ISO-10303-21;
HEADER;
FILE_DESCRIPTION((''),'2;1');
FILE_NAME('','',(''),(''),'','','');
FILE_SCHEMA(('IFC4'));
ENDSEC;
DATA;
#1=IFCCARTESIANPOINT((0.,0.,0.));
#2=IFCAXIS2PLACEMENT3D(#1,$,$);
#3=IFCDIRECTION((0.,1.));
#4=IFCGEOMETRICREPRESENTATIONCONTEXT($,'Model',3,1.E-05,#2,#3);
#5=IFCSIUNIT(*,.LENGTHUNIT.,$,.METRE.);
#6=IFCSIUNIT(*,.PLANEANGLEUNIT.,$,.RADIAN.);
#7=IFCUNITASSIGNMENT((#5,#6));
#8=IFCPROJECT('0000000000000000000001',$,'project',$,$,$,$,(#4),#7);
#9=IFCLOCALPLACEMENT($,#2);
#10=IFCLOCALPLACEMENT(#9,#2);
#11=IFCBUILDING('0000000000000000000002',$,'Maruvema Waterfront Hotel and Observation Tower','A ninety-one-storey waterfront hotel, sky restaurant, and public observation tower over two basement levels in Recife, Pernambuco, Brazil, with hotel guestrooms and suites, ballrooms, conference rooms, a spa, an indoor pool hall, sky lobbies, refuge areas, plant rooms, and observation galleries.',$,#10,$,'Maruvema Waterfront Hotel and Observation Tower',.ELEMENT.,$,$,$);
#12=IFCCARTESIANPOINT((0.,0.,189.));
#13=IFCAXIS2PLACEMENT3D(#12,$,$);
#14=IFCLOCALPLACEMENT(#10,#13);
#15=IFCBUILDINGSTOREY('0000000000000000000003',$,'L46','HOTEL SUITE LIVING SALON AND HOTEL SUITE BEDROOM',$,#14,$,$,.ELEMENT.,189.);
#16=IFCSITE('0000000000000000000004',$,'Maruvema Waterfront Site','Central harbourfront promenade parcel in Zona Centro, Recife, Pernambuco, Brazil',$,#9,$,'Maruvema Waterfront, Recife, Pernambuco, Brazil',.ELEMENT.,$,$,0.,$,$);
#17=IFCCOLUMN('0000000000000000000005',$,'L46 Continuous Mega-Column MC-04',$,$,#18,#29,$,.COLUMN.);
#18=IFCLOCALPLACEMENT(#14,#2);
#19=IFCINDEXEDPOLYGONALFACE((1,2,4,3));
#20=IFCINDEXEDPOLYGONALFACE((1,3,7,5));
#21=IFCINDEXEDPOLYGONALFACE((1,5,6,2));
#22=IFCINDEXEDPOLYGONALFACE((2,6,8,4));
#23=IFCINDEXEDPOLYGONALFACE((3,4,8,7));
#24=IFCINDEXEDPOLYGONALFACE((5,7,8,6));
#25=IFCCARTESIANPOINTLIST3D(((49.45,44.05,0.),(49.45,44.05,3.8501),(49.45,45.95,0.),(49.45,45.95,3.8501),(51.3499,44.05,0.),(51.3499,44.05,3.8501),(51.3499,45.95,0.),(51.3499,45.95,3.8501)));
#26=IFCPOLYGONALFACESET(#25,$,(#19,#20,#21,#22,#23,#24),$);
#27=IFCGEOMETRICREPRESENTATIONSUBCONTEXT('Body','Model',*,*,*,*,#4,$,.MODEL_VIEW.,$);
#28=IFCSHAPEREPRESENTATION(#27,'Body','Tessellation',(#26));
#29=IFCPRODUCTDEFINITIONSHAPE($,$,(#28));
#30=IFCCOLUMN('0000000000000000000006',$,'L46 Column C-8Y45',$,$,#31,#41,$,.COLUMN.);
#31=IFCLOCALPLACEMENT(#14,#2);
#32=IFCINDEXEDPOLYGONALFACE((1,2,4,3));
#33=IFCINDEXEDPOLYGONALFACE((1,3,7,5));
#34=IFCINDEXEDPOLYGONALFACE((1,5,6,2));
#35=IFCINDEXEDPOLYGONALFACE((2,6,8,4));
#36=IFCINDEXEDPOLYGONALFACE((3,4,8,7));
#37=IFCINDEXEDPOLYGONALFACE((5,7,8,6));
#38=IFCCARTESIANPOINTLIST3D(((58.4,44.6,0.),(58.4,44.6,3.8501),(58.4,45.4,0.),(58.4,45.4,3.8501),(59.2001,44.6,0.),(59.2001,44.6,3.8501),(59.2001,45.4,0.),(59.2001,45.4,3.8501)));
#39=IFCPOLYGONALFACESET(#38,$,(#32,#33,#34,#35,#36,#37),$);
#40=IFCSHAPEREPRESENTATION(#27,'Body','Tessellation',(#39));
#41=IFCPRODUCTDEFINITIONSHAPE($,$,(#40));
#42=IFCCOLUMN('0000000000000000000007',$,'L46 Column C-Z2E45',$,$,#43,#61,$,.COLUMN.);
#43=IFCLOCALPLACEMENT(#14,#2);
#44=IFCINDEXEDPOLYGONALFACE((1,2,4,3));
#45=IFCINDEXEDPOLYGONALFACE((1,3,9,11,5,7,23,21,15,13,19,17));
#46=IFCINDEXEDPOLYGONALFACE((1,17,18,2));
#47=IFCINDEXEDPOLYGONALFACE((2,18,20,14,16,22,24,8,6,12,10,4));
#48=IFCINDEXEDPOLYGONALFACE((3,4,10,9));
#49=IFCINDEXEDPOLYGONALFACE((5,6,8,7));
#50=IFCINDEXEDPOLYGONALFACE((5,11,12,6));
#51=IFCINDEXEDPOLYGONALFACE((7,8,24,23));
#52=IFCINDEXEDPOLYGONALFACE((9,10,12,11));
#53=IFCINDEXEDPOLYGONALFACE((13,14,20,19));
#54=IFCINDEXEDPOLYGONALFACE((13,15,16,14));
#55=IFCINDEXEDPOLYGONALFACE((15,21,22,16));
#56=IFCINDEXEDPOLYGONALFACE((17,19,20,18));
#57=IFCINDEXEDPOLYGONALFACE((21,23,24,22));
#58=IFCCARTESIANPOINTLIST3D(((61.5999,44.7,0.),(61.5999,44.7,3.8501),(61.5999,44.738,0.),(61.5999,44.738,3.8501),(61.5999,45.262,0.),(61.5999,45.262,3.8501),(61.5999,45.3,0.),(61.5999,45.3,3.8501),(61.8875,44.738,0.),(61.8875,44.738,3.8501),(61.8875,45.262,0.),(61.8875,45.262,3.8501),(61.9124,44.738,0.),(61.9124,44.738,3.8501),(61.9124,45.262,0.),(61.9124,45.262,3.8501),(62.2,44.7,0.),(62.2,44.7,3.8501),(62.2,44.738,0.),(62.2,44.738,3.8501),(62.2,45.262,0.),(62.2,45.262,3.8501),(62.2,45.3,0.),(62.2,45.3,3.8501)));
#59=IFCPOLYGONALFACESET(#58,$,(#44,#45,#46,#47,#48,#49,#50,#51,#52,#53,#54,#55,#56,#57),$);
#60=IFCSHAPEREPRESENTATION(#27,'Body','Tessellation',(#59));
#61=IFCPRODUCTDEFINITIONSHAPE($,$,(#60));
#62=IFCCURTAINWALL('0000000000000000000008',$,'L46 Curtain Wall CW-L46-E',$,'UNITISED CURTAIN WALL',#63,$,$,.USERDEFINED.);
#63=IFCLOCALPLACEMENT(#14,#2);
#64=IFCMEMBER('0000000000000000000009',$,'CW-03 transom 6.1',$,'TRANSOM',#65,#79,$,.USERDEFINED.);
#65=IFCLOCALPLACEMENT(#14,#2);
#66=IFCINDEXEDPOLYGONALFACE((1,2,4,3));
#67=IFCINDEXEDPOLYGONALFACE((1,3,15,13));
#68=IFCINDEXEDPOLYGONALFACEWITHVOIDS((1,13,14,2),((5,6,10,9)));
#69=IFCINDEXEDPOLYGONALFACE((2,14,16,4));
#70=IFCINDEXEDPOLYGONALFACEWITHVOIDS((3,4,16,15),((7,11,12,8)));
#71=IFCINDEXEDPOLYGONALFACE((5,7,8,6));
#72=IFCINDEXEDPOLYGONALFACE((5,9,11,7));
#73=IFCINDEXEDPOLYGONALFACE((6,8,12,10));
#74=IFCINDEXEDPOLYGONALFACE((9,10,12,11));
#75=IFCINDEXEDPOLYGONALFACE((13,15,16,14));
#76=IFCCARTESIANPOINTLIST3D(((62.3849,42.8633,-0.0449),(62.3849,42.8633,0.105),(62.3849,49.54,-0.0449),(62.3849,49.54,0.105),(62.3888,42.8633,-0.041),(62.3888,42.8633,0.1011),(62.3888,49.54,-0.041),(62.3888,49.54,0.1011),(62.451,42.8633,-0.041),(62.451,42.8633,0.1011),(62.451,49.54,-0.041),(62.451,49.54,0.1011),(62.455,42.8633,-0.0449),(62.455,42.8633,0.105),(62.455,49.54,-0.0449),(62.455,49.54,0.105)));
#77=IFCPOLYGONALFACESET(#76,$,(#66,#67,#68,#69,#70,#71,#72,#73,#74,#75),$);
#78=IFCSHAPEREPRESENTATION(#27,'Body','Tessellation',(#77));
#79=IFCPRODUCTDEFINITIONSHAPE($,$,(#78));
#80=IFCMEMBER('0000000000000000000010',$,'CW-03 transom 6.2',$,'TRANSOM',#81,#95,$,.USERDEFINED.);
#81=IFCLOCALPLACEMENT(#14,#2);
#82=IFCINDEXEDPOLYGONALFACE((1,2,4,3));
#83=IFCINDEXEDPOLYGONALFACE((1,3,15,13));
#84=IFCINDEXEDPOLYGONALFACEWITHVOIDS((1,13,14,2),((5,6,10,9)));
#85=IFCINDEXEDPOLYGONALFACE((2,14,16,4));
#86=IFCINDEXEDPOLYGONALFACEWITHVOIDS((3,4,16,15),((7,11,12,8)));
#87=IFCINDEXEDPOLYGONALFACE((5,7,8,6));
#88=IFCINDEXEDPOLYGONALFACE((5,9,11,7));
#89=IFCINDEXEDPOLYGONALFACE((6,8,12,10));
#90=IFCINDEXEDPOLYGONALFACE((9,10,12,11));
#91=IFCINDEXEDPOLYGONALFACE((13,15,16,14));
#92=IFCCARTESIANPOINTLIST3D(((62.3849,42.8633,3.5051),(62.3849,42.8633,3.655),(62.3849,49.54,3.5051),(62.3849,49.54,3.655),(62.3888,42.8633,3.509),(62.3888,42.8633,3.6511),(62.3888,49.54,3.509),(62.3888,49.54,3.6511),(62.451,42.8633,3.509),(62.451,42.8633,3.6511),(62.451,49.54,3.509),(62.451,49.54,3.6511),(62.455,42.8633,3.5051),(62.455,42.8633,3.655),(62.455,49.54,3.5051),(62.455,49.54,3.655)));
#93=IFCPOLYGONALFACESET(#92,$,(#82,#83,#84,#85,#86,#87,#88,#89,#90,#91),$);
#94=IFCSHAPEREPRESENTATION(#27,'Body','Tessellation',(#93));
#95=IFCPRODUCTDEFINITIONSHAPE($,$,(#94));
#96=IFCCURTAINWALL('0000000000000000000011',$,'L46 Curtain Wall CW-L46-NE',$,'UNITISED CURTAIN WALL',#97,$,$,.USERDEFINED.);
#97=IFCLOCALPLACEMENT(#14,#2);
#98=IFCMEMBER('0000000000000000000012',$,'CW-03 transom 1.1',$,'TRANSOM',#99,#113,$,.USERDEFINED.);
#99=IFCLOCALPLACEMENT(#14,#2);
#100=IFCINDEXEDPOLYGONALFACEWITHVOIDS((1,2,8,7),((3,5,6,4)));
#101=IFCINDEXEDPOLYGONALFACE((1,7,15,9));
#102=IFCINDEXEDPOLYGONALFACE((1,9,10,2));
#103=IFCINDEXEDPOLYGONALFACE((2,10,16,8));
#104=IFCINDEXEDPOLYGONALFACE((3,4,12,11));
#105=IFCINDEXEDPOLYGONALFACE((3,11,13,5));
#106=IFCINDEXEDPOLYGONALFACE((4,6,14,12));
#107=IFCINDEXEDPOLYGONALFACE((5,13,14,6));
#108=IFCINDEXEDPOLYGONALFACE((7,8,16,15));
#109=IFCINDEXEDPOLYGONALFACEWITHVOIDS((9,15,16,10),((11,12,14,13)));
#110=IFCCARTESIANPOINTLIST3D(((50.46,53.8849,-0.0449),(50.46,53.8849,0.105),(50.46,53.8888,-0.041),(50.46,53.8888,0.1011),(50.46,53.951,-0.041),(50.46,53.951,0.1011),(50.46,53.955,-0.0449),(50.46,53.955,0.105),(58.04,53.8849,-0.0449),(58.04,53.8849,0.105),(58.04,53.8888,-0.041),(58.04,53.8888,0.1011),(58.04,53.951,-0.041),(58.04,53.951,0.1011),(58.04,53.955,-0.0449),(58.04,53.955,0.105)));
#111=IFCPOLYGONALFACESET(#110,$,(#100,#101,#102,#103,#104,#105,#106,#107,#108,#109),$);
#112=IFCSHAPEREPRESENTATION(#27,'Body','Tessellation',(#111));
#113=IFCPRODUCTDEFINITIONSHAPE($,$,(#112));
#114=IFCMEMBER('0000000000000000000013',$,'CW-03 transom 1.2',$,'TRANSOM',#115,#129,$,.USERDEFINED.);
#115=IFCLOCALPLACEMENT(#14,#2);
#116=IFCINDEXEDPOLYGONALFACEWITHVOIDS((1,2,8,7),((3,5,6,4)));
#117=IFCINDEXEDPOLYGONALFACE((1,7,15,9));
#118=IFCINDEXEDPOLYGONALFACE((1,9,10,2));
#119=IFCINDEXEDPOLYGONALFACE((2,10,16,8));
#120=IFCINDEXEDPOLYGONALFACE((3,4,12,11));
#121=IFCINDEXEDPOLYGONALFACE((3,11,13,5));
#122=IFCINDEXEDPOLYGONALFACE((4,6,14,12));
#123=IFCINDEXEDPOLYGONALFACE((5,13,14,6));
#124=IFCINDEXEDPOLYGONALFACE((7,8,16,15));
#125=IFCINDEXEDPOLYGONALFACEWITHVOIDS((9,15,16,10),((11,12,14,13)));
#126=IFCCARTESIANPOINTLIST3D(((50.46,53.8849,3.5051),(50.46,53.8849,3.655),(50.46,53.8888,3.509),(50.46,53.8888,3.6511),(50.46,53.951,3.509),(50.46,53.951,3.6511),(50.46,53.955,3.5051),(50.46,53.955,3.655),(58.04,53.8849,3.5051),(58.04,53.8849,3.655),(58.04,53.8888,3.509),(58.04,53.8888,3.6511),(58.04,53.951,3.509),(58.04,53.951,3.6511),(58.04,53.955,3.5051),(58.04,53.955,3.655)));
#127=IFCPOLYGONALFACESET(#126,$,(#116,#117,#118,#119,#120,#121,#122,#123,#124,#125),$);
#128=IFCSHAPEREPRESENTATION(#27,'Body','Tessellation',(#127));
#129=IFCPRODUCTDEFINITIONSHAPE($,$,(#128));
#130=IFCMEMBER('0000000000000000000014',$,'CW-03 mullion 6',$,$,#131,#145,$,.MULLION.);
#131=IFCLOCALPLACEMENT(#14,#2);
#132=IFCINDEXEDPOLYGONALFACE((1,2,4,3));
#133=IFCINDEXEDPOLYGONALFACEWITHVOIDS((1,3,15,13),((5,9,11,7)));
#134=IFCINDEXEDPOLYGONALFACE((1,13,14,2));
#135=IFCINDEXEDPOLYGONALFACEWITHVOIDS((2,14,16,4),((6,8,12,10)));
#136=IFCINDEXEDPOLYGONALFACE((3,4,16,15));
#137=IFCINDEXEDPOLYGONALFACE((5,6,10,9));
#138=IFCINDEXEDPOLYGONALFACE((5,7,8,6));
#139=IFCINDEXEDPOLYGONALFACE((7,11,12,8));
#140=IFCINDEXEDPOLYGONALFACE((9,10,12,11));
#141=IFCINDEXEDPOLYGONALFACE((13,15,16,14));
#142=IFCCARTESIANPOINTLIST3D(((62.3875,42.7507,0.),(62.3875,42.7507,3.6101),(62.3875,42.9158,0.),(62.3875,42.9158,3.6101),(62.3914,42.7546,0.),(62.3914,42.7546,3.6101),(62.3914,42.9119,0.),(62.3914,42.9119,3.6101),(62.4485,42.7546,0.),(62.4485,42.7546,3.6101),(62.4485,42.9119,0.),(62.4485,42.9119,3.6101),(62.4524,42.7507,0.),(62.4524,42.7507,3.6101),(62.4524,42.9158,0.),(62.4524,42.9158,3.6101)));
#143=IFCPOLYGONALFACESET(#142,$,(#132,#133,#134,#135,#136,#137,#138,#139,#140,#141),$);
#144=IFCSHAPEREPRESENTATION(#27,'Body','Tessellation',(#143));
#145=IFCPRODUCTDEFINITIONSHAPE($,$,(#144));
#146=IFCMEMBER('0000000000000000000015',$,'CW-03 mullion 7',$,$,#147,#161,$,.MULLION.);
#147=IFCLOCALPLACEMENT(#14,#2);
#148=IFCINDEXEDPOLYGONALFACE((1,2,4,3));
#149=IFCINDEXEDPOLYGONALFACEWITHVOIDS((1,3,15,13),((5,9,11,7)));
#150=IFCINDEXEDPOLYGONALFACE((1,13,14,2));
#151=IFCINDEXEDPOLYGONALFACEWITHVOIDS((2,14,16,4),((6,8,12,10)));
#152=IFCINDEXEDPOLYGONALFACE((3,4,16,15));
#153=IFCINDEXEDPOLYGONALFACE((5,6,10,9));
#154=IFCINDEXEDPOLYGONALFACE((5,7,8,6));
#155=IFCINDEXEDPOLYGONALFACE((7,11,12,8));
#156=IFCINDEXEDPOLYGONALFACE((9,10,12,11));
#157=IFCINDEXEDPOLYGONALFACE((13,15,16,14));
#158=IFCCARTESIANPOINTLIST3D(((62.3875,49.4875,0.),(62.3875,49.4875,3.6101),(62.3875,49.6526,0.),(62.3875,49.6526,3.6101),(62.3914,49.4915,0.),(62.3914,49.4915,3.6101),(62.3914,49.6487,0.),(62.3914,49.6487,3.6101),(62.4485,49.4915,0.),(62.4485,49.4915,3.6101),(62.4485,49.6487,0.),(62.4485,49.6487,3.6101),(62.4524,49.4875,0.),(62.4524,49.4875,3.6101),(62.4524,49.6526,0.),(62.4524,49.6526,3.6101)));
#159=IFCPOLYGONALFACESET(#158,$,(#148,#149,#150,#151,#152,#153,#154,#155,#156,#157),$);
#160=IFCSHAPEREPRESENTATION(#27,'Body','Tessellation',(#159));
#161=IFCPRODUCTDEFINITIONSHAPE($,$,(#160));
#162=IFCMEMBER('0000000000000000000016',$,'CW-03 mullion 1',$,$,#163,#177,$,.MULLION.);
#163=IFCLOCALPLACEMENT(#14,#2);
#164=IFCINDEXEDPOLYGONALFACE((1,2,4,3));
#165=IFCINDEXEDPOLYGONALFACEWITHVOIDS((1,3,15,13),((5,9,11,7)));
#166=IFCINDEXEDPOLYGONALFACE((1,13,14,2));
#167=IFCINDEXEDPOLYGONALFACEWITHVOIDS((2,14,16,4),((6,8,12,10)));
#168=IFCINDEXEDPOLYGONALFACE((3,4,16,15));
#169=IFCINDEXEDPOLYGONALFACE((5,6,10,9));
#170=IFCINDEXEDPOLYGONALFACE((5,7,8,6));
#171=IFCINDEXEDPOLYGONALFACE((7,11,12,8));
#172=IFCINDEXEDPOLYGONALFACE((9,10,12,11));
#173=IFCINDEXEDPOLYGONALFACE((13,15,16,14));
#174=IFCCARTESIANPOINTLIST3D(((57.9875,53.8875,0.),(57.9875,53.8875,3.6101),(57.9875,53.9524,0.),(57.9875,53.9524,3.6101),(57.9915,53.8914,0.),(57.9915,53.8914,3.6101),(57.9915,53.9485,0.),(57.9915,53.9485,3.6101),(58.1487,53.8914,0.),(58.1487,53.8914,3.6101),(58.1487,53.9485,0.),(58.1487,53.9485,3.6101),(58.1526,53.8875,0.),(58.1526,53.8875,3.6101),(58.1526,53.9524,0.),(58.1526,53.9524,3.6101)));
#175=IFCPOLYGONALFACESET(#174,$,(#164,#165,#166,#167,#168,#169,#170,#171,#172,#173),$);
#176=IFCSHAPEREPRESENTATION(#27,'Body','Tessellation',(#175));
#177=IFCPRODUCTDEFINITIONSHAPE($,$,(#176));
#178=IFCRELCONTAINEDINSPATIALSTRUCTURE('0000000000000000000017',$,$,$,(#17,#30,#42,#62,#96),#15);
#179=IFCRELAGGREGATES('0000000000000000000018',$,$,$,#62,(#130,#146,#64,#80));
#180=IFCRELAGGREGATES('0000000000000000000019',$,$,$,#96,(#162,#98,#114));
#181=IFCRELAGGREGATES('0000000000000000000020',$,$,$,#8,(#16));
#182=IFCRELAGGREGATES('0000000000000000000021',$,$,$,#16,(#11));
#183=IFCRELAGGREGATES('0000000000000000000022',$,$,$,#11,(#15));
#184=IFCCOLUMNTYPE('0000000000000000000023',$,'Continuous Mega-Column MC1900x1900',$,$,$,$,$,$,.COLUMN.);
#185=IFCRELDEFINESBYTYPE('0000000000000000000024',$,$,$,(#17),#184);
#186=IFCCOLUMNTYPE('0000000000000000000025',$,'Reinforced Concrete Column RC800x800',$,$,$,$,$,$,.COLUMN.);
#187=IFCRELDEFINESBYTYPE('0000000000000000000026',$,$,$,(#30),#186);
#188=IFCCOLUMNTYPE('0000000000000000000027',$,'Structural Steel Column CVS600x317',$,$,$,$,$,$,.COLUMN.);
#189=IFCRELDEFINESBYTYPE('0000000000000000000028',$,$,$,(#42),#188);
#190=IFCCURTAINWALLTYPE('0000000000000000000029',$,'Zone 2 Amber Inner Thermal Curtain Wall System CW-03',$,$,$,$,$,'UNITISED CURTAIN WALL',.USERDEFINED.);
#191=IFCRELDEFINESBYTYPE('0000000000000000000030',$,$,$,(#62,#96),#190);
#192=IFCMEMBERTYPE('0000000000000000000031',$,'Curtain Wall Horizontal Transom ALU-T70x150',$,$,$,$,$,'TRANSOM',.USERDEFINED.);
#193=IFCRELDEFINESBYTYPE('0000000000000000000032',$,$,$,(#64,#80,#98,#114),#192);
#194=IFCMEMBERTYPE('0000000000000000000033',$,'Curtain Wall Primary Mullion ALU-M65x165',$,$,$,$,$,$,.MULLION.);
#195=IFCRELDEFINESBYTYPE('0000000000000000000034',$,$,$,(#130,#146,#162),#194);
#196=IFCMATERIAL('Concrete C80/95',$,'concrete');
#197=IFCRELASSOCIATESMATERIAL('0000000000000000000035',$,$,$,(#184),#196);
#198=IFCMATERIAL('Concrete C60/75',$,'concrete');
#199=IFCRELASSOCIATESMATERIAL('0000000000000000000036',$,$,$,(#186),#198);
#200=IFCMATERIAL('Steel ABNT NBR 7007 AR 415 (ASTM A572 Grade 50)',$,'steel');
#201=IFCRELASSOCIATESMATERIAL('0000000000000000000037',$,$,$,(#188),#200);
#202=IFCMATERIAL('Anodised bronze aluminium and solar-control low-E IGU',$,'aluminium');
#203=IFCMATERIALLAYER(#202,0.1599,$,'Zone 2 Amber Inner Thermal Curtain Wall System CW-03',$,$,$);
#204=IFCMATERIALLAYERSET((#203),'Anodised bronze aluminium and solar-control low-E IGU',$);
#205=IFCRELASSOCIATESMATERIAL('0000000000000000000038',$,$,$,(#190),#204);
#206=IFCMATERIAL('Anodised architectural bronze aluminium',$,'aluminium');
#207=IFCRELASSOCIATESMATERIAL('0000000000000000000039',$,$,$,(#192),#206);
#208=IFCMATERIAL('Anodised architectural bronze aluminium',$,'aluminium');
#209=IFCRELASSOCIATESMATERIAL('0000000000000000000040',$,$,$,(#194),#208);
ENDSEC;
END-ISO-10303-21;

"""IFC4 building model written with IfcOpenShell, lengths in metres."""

from ifc_helpers import new_model, si_unit, direction, frame, origin, origin_2d, place, context, subcontext, project, spatial, rectangle, hollow_rectangle, i_section, extrude, material, layer, layer_set, material_profile, profile_set, type_object, element, aggregate, save


model = new_model("IFC4")

# Units and contexts
model_context = context("Model", 3, precision=1e-05, world=origin(), true_north=direction((0.0, 1.0)))
body_context = subcontext(model_context, "Body", "Model", "MODEL_VIEW")
ifc_project = project(units=[si_unit("LENGTHUNIT", "METRE"), si_unit("PLANEANGLEUNIT", "RADIAN")], contexts=[model_context])

# Site, building, storey
site_placement = place(None, origin())
site = spatial("IfcSite", under=ifc_project, at=site_placement, Name="Maruvema Waterfront Site", Description="Central harbourfront promenade parcel in Zona Centro, Recife, Pernambuco, Brazil", LongName="Maruvema Waterfront, Recife, Pernambuco, Brazil", CompositionType="ELEMENT", RefElevation=0.0)
building_placement = place(site_placement, origin())
building = spatial("IfcBuilding", under=site, at=building_placement, Name="Maruvema Waterfront Hotel and Observation Tower", Description="A ninety-one-storey waterfront hotel, sky restaurant, and public observation tower over two basement levels in Recife, Pernambuco, Brazil, with hotel guestrooms and suites, ballrooms, conference rooms, a spa, an indoor pool hall, sky lobbies, refuge areas, plant rooms, and observation galleries.", LongName="Maruvema Waterfront Hotel and Observation Tower", CompositionType="ELEMENT")
storey_placement = place(building_placement, frame((0.0, 0.0, 189.0)))
storey = spatial("IfcBuildingStorey", under=building, at=storey_placement, Name="L46", Description="HOTEL SUITE LIVING SALON AND HOTEL SUITE BEDROOM", CompositionType="ELEMENT", Elevation=189.0)

# Columns
ifc_material_1 = material(Name="Concrete C80/95", Category="concrete")
ifc_material_profile_1 = material_profile(ifc_material_1, rectangle(XDim=1.8999, YDim=1.8999, at=origin_2d()), Name="MC1900x1900")
ifc_profile_set_1 = profile_set([ifc_material_profile_1], Name="Concrete C80/95")
column_type_1 = type_object("IfcColumnType", Name="Continuous Mega-Column MC1900x1900", PredefinedType="COLUMN", material=ifc_profile_set_1)
column_1_placement = place(storey_placement, frame((50.3999, 45.0, 0.0), z_axis=(0.0, 0.0, 1.0), x_axis=(1.0, 0.0, 0.0)))
element("IfcColumn", 1, at=column_1_placement, inside=storey, type_object=column_type_1, Name="L46 Continuous Mega-Column MC-04", PredefinedType="COLUMN", context=body_context, shape_type="SweptSolid", body=[
    extrude(rectangle(XDim=1.8999, YDim=1.8999, at=origin_2d()), origin(), (0.0, 0.0, 1.0), 3.8501),
])
ifc_material_2 = material(Name="Concrete C60/75", Category="concrete")
ifc_material_profile_2 = material_profile(ifc_material_2, rectangle(XDim=0.8, YDim=0.8, at=origin_2d()), Name="RC800x800")
ifc_profile_set_2 = profile_set([ifc_material_profile_2], Name="Concrete C60/75")
column_type_2 = type_object("IfcColumnType", Name="Reinforced Concrete Column RC800x800", PredefinedType="COLUMN", material=ifc_profile_set_2)
column_2_placement = place(storey_placement, frame((58.8, 45.0, 0.0), z_axis=(0.0, 0.0, 1.0), x_axis=(1.0, 0.0, 0.0)))
element("IfcColumn", 2, at=column_2_placement, inside=storey, type_object=column_type_2, Name="L46 Column C-8Y45", PredefinedType="COLUMN", context=body_context, shape_type="SweptSolid", body=[
    extrude(rectangle(XDim=0.8, YDim=0.8, at=origin_2d()), origin(), (0.0, 0.0, 1.0), 3.8501),
])
ifc_material_3 = material(Name="Steel ABNT NBR 7007 AR 415 (ASTM A572 Grade 50)", Category="steel")
ifc_material_profile_3 = material_profile(ifc_material_3, i_section(OverallWidth=0.6001, OverallDepth=0.6001, WebThickness=0.0249, FlangeThickness=0.0381, at=origin_2d()), Name="CVS600x317")
ifc_profile_set_3 = profile_set([ifc_material_profile_3], Name="Steel ABNT NBR 7007 AR 415 (ASTM A572 Grade 50)")
column_type_3 = type_object("IfcColumnType", Name="Structural Steel Column CVS600x317", PredefinedType="COLUMN", material=ifc_profile_set_3)
column_3_placement = place(storey_placement, frame((61.8999, 45.0, 0.0), z_axis=(0.0, 0.0, 1.0), x_axis=(1.0, 0.0, 0.0)))
element("IfcColumn", 3, at=column_3_placement, inside=storey, type_object=column_type_3, Name="L46 Column C-Z2E45", PredefinedType="COLUMN", context=body_context, shape_type="SweptSolid", body=[
    extrude(i_section(OverallWidth=0.6001, OverallDepth=0.6001, WebThickness=0.0249, FlangeThickness=0.0381, at=origin_2d()), origin(), (0.0, 0.0, 1.0), 3.8501),
])

# Curtain walls, members
ifc_material_4 = material(Name="Anodised bronze aluminium and solar-control low-E IGU", Category="aluminium")
ifc_layer_1 = layer(ifc_material_4, 0.1599, Name="Zone 2 Amber Inner Thermal Curtain Wall System CW-03")
ifc_layer_set_1 = layer_set([ifc_layer_1], Name="Anodised bronze aluminium and solar-control low-E IGU")
curtain_wall_type = type_object("IfcCurtainWallType", Name="Zone 2 Amber Inner Thermal Curtain Wall System CW-03", ElementType="UNITISED CURTAIN WALL", PredefinedType="USERDEFINED", material=ifc_layer_set_1)
curtain_wall_1_placement = place(storey_placement, origin())
curtain_wall_1 = element("IfcCurtainWall", 4, at=curtain_wall_1_placement, inside=storey, type_object=curtain_wall_type, Name="L46 Curtain Wall CW-L46-E", ObjectType="UNITISED CURTAIN WALL", PredefinedType="USERDEFINED")
ifc_material_5 = material(Name="Anodised architectural bronze aluminium", Category="aluminium")
ifc_material_profile_4 = material_profile(ifc_material_5, hollow_rectangle(XDim=0.0701, YDim=0.1499, WallThickness=0.0039, at=origin_2d()), Name="ALU-T70x150")
ifc_profile_set_4 = profile_set([ifc_material_profile_4], Name="Anodised architectural bronze aluminium")
member_type_1 = type_object("IfcMemberType", Name="Curtain Wall Horizontal Transom ALU-T70x150", ElementType="TRANSOM", PredefinedType="USERDEFINED", material=ifc_profile_set_4)
member_1_placement = place(storey_placement, frame((62.4199, 42.8633, 0.03), z_axis=(0.0, 1.0, 0.0), x_axis=(-1.0, 0.0, 0.0)))
member_1 = element("IfcMember", 5, at=member_1_placement, type_object=member_type_1, Name="CW-03 transom 6.1", ObjectType="TRANSOM", PredefinedType="USERDEFINED", context=body_context, shape_type="SweptSolid", body=[
    extrude(hollow_rectangle(XDim=0.0701, YDim=0.1499, WallThickness=0.0039, at=origin_2d()), origin(), (0.0, 0.0, 1.0), 6.6768),
])
member_2_placement = place(storey_placement, frame((62.4199, 42.8633, 3.5801), z_axis=(0.0, 1.0, 0.0), x_axis=(-1.0, 0.0, 0.0)))
member_2 = element("IfcMember", 6, at=member_2_placement, type_object=member_type_1, Name="CW-03 transom 6.2", ObjectType="TRANSOM", PredefinedType="USERDEFINED", context=body_context, shape_type="SweptSolid", body=[
    extrude(hollow_rectangle(XDim=0.0701, YDim=0.1499, WallThickness=0.0039, at=origin_2d()), origin(), (0.0, 0.0, 1.0), 6.6768),
])
curtain_wall_2_placement = place(storey_placement, origin())
curtain_wall_2 = element("IfcCurtainWall", 7, at=curtain_wall_2_placement, inside=storey, type_object=curtain_wall_type, Name="L46 Curtain Wall CW-L46-NE", ObjectType="UNITISED CURTAIN WALL", PredefinedType="USERDEFINED")
member_3_placement = place(storey_placement, frame((58.04, 53.9199, 0.03), z_axis=(-1.0, 0.0, 0.0), x_axis=(0.0, -1.0, 0.0)))
member_3 = element("IfcMember", 8, at=member_3_placement, type_object=member_type_1, Name="CW-03 transom 1.1", ObjectType="TRANSOM", PredefinedType="USERDEFINED", context=body_context, shape_type="SweptSolid", body=[
    extrude(hollow_rectangle(XDim=0.0701, YDim=0.1499, WallThickness=0.0039, at=origin_2d()), origin(), (0.0, 0.0, 1.0), 7.5801),
])
member_4_placement = place(storey_placement, frame((58.04, 53.9199, 3.5801), z_axis=(-1.0, 0.0, 0.0), x_axis=(0.0, -1.0, 0.0)))
member_4 = element("IfcMember", 9, at=member_4_placement, type_object=member_type_1, Name="CW-03 transom 1.2", ObjectType="TRANSOM", PredefinedType="USERDEFINED", context=body_context, shape_type="SweptSolid", body=[
    extrude(hollow_rectangle(XDim=0.0701, YDim=0.1499, WallThickness=0.0039, at=origin_2d()), origin(), (0.0, 0.0, 1.0), 7.5801),
])

# Members
ifc_material_6 = material(Name="Anodised architectural bronze aluminium", Category="aluminium")
ifc_material_profile_5 = material_profile(ifc_material_6, hollow_rectangle(XDim=0.0649, YDim=0.165, WallThickness=0.0039, at=origin_2d()), Name="ALU-M65x165")
ifc_profile_set_5 = profile_set([ifc_material_profile_5], Name="Anodised architectural bronze aluminium")
member_type_2 = type_object("IfcMemberType", Name="Curtain Wall Primary Mullion ALU-M65x165", PredefinedType="MULLION", material=ifc_profile_set_5)
member_5_placement = place(storey_placement, frame((62.4199, 42.8333, 0.0), z_axis=(0.0, 0.0, 1.0), x_axis=(-1.0, 0.0, 0.0)))
member_5 = element("IfcMember", 10, at=member_5_placement, type_object=member_type_2, Name="CW-03 mullion 6", PredefinedType="MULLION", context=body_context, shape_type="SweptSolid", body=[
    extrude(hollow_rectangle(XDim=0.0649, YDim=0.165, WallThickness=0.0039, at=origin_2d()), origin(), (0.0, 0.0, 1.0), 3.6101),
])
member_6_placement = place(storey_placement, frame((62.4199, 49.5701, 0.0), z_axis=(0.0, 0.0, 1.0), x_axis=(-1.0, 0.0, 0.0)))
member_6 = element("IfcMember", 11, at=member_6_placement, type_object=member_type_2, Name="CW-03 mullion 7", PredefinedType="MULLION", context=body_context, shape_type="SweptSolid", body=[
    extrude(hollow_rectangle(XDim=0.0649, YDim=0.165, WallThickness=0.0039, at=origin_2d()), origin(), (0.0, 0.0, 1.0), 3.6101),
])
member_7_placement = place(storey_placement, frame((58.0701, 53.9199, 0.0), z_axis=(0.0, 0.0, 1.0), x_axis=(0.0, -1.0, 0.0)))
member_7 = element("IfcMember", 12, at=member_7_placement, type_object=member_type_2, Name="CW-03 mullion 1", PredefinedType="MULLION", context=body_context, shape_type="SweptSolid", body=[
    extrude(hollow_rectangle(XDim=0.0649, YDim=0.165, WallThickness=0.0039, at=origin_2d()), origin(), (0.0, 0.0, 1.0), 3.6101),
])

aggregate(curtain_wall_1, [member_5, member_6, member_1, member_2])
aggregate(curtain_wall_2, [member_7, member_3, member_4])

save(model, "model.ifc")
